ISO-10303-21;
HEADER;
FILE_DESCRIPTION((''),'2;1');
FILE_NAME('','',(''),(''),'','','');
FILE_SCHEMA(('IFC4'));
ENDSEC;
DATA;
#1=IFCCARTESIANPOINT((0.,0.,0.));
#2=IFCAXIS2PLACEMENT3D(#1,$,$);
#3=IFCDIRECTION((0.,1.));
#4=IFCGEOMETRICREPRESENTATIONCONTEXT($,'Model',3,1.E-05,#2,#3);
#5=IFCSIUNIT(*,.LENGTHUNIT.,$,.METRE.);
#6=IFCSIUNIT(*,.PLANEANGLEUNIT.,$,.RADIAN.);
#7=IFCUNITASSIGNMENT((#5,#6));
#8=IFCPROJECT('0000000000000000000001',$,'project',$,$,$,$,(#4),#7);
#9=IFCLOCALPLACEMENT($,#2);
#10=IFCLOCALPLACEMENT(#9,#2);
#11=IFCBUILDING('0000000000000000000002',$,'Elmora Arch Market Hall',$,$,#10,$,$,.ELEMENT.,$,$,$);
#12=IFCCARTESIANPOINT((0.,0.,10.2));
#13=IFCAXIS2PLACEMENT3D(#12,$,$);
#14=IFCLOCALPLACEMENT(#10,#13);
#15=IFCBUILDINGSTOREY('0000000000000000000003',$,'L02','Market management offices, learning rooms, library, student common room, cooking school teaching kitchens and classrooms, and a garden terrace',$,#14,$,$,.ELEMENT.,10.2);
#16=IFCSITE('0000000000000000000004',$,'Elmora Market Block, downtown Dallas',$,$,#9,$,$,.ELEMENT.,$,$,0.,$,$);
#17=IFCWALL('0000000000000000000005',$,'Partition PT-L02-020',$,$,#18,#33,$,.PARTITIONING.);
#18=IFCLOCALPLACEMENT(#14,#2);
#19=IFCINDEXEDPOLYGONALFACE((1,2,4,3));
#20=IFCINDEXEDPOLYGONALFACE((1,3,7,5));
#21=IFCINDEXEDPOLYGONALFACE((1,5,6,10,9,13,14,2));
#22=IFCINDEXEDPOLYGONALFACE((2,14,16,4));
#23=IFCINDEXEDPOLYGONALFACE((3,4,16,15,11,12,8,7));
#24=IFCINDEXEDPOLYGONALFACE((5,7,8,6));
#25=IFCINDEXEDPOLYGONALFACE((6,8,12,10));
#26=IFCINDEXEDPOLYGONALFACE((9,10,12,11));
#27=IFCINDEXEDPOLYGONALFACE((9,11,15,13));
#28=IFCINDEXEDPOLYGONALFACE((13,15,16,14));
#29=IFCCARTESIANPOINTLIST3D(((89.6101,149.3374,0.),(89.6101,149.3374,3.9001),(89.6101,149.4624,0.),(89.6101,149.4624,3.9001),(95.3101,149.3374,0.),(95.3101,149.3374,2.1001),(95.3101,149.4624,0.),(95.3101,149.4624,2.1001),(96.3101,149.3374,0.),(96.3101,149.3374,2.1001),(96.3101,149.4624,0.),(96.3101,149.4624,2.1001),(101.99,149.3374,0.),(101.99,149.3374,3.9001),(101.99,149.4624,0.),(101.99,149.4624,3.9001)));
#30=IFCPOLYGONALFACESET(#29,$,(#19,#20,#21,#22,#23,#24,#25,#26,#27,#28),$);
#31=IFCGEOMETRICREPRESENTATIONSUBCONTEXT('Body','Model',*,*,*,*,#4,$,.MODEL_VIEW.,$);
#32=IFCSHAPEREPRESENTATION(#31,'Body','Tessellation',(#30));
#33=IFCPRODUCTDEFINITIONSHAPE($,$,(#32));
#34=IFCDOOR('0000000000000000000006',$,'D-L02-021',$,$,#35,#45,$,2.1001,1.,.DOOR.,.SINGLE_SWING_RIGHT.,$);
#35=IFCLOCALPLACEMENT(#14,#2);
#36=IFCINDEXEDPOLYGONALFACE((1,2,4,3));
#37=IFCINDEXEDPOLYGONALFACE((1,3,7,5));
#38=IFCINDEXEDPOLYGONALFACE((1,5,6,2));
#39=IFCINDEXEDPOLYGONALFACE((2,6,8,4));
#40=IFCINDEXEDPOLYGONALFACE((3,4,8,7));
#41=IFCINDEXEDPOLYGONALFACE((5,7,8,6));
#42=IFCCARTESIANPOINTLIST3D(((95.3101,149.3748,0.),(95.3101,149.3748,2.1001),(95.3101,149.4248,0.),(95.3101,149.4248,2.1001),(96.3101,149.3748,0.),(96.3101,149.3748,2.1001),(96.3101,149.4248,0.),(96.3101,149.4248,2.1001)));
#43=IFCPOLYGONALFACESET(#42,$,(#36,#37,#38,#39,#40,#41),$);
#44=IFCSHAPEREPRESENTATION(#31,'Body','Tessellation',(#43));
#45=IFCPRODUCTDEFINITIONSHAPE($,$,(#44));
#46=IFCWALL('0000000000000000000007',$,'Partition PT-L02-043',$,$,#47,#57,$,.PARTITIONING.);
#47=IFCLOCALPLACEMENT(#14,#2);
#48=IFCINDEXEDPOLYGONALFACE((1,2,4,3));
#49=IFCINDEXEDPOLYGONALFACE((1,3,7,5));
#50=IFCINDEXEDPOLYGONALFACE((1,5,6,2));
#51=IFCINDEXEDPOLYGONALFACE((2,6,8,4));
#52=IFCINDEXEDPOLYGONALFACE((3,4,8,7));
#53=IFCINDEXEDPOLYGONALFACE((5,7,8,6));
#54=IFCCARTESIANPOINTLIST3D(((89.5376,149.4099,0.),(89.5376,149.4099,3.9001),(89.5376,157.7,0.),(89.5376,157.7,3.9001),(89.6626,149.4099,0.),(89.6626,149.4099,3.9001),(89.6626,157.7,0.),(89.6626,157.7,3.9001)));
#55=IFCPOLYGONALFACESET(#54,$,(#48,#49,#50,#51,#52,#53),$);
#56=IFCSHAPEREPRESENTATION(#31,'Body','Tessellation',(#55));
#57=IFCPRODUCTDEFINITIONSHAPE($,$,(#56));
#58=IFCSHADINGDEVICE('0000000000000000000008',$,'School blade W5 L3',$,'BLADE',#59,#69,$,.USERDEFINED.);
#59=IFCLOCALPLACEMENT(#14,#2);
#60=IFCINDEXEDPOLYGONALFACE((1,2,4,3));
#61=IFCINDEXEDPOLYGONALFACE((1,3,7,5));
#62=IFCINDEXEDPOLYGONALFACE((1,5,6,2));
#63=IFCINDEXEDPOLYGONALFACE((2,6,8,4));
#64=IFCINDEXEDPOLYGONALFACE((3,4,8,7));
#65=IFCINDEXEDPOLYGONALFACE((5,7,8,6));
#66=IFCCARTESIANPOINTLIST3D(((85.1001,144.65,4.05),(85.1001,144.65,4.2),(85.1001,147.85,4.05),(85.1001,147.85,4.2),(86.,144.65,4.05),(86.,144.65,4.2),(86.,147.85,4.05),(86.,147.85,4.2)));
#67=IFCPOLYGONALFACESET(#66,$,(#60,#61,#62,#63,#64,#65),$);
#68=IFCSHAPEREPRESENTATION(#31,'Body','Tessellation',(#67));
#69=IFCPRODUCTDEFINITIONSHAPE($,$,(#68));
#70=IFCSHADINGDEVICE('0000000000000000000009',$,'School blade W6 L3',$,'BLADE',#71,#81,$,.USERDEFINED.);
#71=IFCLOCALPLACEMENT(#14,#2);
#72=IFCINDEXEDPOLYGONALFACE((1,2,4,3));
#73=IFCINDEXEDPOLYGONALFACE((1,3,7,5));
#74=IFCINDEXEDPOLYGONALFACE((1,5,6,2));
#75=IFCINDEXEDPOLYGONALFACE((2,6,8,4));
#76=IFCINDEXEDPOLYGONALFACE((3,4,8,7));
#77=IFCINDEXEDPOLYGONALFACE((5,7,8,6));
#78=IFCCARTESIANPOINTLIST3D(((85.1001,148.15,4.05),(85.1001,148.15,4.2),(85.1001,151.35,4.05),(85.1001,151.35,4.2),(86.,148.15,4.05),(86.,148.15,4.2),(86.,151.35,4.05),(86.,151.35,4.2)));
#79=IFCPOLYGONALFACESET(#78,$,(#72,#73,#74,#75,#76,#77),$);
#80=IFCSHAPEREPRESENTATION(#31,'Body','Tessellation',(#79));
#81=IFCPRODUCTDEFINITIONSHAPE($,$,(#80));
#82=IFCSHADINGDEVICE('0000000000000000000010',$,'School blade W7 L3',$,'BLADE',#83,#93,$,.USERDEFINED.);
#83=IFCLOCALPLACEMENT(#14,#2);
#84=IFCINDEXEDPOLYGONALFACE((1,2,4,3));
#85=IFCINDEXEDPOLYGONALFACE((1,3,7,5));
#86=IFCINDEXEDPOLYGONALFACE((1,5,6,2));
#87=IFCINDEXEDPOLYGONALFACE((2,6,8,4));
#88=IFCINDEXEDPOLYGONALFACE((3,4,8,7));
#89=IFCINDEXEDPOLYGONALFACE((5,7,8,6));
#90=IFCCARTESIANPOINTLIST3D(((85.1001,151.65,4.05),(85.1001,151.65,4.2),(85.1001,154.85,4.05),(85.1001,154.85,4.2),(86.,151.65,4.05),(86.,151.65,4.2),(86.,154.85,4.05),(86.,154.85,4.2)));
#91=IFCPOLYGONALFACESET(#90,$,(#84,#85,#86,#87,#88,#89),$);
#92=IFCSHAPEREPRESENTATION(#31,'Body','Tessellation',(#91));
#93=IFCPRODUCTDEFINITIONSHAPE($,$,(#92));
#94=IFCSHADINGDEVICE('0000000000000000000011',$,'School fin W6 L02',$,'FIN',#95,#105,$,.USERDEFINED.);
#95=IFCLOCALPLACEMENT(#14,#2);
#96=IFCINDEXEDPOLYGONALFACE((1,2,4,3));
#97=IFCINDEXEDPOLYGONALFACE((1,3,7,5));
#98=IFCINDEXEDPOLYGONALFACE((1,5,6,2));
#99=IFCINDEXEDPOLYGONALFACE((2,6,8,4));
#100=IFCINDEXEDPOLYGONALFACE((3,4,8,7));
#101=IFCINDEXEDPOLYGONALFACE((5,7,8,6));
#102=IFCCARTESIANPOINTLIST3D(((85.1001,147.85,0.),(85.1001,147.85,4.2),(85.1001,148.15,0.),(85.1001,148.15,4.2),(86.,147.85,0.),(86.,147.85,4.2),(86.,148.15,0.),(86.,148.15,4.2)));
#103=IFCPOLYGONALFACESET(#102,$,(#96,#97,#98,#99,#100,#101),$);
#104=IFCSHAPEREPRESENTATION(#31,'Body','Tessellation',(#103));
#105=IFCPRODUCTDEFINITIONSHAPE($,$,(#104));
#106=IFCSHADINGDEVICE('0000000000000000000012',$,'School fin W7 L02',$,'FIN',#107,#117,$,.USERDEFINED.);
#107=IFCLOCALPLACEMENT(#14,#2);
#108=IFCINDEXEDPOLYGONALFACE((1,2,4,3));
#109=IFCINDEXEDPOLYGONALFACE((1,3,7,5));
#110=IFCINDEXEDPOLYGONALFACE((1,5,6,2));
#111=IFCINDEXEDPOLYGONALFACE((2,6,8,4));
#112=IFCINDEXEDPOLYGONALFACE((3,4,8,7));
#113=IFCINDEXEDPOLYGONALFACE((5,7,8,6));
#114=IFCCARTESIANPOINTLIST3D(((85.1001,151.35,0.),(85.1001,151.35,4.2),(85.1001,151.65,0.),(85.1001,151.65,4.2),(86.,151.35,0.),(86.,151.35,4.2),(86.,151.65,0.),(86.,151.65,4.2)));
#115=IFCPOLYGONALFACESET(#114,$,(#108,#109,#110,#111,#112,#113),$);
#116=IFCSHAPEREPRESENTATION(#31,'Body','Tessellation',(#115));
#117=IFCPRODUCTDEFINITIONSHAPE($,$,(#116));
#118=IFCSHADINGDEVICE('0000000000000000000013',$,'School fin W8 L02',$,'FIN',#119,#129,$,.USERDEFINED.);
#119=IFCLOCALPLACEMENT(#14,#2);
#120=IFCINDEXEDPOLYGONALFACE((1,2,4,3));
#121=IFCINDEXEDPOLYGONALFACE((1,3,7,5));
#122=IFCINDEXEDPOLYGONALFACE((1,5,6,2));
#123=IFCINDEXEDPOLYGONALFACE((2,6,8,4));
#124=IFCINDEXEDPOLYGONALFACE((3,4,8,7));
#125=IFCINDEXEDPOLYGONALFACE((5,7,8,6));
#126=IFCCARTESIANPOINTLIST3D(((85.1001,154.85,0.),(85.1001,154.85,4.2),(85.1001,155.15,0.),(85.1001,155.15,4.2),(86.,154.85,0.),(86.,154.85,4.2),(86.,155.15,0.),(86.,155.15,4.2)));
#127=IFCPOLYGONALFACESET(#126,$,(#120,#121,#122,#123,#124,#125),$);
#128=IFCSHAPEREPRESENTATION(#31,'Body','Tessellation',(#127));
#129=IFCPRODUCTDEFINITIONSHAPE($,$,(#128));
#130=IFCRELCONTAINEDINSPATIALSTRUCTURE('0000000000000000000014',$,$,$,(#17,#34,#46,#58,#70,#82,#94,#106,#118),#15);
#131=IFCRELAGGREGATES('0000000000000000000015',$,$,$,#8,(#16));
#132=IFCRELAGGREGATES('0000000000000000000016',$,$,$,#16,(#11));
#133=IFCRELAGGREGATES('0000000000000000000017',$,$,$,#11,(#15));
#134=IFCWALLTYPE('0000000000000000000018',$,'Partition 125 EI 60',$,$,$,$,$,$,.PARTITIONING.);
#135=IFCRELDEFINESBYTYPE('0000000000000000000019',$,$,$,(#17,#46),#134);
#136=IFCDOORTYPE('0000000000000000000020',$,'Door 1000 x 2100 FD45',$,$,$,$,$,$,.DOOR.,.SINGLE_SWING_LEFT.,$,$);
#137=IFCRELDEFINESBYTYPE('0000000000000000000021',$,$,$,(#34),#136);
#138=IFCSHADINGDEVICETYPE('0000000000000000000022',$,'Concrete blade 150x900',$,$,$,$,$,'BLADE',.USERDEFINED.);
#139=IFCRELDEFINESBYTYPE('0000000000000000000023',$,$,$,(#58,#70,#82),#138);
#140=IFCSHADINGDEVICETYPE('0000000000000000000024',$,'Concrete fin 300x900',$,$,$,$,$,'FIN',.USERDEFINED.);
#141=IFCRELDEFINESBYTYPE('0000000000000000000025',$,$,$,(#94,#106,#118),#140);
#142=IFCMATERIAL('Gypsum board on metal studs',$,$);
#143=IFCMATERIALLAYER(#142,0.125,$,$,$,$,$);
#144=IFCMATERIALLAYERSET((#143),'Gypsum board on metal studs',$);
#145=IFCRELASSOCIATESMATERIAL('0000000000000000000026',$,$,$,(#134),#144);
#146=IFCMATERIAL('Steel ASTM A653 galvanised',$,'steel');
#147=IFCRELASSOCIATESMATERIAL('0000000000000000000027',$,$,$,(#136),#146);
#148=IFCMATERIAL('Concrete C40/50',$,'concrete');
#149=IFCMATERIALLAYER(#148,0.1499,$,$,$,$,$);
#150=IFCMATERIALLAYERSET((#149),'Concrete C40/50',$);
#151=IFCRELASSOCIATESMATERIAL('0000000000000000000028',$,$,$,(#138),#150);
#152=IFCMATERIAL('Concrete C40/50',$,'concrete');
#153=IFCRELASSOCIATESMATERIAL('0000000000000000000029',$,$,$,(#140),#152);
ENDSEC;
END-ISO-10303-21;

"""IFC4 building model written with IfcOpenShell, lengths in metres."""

from ifc_helpers import new_model, si_unit, direction, frame, frame_2d, origin, origin_2d, place, context, subcontext, project, spatial, rectangle, extrude, material, layer, layer_set, type_object, element, fill, save


model = new_model("IFC4")

# Units and contexts
model_context = context("Model", 3, precision=1e-05, world=origin(), true_north=direction((0.0, 1.0)))
body_context = subcontext(model_context, "Body", "Model", "MODEL_VIEW")
ifc_project = project(units=[si_unit("LENGTHUNIT", "METRE"), si_unit("PLANEANGLEUNIT", "RADIAN")], contexts=[model_context])

# Site, building, storey
site_placement = place(None, origin())
site = spatial("IfcSite", under=ifc_project, at=site_placement, Name="Elmora Market Block, downtown Dallas", CompositionType="ELEMENT", RefElevation=0.0)
building_placement = place(site_placement, origin())
building = spatial("IfcBuilding", under=site, at=building_placement, Name="Elmora Arch Market Hall", CompositionType="ELEMENT")
storey_placement = place(building_placement, frame((0.0, 0.0, 10.2)))
storey = spatial("IfcBuildingStorey", under=building, at=storey_placement, Name="L02", Description="Market management offices, learning rooms, library, student common room, cooking school teaching kitchens and classrooms, and a garden terrace", CompositionType="ELEMENT", Elevation=10.2)

# Wall, opening, door
ifc_material_1 = material(Name="Gypsum board on metal studs")
ifc_layer_1 = layer(ifc_material_1, 0.125)
ifc_layer_set_1 = layer_set([ifc_layer_1], Name="Gypsum board on metal studs")
wall_type_1 = type_object("IfcWallType", Name="Partition 125 EI 60", PredefinedType="PARTITIONING", material=ifc_layer_set_1)
ifc_material_2 = material(Name="Steel ASTM A653 galvanised", Category="steel")
door_type = type_object("IfcDoorType", Name="Door 1000 x 2100 FD45", OperationType="SINGLE_SWING_LEFT", PredefinedType="DOOR", material=ifc_material_2)
wall_1_placement = place(storey_placement, frame((89.6101, 149.3999, 0.0), z_axis=(0.0, 0.0, 1.0), x_axis=(1.0, 0.0, 0.0)))
wall_1 = element("IfcWall", 1, at=wall_1_placement, inside=storey, type_object=wall_type_1, Name="Partition PT-L02-020", PredefinedType="PARTITIONING", context=body_context, shape_type="SweptSolid", body=[
    extrude(rectangle(XDim=12.3799, YDim=0.125, at=frame_2d((6.1899, 0.0))), origin(), (0.0, 0.0, 1.0), 3.9001),
])
opening_1_placement = place(wall_1_placement, frame((5.7, 0.0, 0.0)))
opening_1 = element("IfcOpeningElement", 2, at=opening_1_placement, cuts=wall_1, PredefinedType="OPENING", context=body_context, shape_type="SweptSolid", body=[
    extrude(rectangle(XDim=1.0, YDim=2.1001, at=frame_2d((0.5, 1.05))), frame((0.0, 0.0725, 0.0), z_axis=(0.0, -1.0, 0.0), x_axis=(1.0, 0.0, 0.0)), (0.0, 0.0, 1.0), 0.145),
])
door_1_placement = place(opening_1_placement, origin())
door_1 = element("IfcDoor", 3, at=door_1_placement, inside=storey, type_object=door_type, Name="D-L02-021", OperationType="SINGLE_SWING_RIGHT", OverallHeight=2.1001, OverallWidth=1.0, PredefinedType="DOOR", context=body_context, shape_type="SweptSolid", body=[
    extrude(rectangle(XDim=1.0, YDim=2.1001, at=frame_2d((0.5, 1.05))), frame((0.0, 0.0249, 0.0), z_axis=(0.0, -1.0, 0.0), x_axis=(1.0, 0.0, 0.0)), (0.0, 0.0, 1.0), 0.05),
])
fill(opening_1, door_1)

# Wall
wall_2_placement = place(storey_placement, frame((89.6001, 149.4099, 0.0), z_axis=(0.0, 0.0, 1.0), x_axis=(0.0, 1.0, 0.0)))
element("IfcWall", 4, at=wall_2_placement, inside=storey, type_object=wall_type_1, Name="Partition PT-L02-043", PredefinedType="PARTITIONING", context=body_context, shape_type="SweptSolid", body=[
    extrude(rectangle(XDim=8.29, YDim=0.125, at=frame_2d((4.145, 0.0))), origin(), (0.0, 0.0, 1.0), 3.9001),
])

# Shading devices
ifc_material_3 = material(Name="Concrete C40/50", Category="concrete")
ifc_layer_2 = layer(ifc_material_3, 0.1499)
ifc_layer_set_2 = layer_set([ifc_layer_2], Name="Concrete C40/50")
shading_device_type_1 = type_object("IfcShadingDeviceType", Name="Concrete blade 150x900", ElementType="BLADE", PredefinedType="USERDEFINED", material=ifc_layer_set_2)
for number, where, z_axis, x_axis, name in (
    (5, (85.55, 146.25, 4.05), (0.0, 0.0, 1.0), (1.0, 0.0, 0.0), "School blade W5 L3"),
    (6, (85.55, 149.75, 4.05), (0.0, 0.0, 1.0), (1.0, 0.0, 0.0), "School blade W6 L3"),
    (7, (85.55, 153.25, 4.05), (0.0, 0.0, 1.0), (1.0, 0.0, 0.0), "School blade W7 L3"),
):
    element("IfcShadingDevice", number, at=place(storey_placement, frame(where, z_axis=z_axis, x_axis=x_axis)), inside=storey, type_object=shading_device_type_1, Name=name, ObjectType="BLADE", PredefinedType="USERDEFINED", context=body_context, shape_type="SweptSolid", body=[
        extrude(rectangle(XDim=0.8999, YDim=3.2, at=origin_2d()), origin(), (0.0, 0.0, 1.0), 0.1499),
    ])
ifc_material_4 = material(Name="Concrete C40/50", Category="concrete")
shading_device_type_2 = type_object("IfcShadingDeviceType", Name="Concrete fin 300x900", ElementType="FIN", PredefinedType="USERDEFINED", material=ifc_material_4)
for number, where, z_axis, x_axis, name in (
    (8, (85.55, 148.0, 0.0), (0.0, 0.0, 1.0), (1.0, 0.0, 0.0), "School fin W6 L02"),
    (9, (85.55, 151.5, 0.0), (0.0, 0.0, 1.0), (1.0, 0.0, 0.0), "School fin W7 L02"),
    (10, (85.55, 155.0, 0.0), (0.0, 0.0, 1.0), (1.0, 0.0, 0.0), "School fin W8 L02"),
):
    element("IfcShadingDevice", number, at=place(storey_placement, frame(where, z_axis=z_axis, x_axis=x_axis)), inside=storey, type_object=shading_device_type_2, Name=name, ObjectType="FIN", PredefinedType="USERDEFINED", context=body_context, shape_type="SweptSolid", body=[
        extrude(rectangle(XDim=0.8999, YDim=0.3, at=origin_2d()), origin(), (0.0, 0.0, 1.0), 4.2),
    ])

save(model, "model.ifc")
